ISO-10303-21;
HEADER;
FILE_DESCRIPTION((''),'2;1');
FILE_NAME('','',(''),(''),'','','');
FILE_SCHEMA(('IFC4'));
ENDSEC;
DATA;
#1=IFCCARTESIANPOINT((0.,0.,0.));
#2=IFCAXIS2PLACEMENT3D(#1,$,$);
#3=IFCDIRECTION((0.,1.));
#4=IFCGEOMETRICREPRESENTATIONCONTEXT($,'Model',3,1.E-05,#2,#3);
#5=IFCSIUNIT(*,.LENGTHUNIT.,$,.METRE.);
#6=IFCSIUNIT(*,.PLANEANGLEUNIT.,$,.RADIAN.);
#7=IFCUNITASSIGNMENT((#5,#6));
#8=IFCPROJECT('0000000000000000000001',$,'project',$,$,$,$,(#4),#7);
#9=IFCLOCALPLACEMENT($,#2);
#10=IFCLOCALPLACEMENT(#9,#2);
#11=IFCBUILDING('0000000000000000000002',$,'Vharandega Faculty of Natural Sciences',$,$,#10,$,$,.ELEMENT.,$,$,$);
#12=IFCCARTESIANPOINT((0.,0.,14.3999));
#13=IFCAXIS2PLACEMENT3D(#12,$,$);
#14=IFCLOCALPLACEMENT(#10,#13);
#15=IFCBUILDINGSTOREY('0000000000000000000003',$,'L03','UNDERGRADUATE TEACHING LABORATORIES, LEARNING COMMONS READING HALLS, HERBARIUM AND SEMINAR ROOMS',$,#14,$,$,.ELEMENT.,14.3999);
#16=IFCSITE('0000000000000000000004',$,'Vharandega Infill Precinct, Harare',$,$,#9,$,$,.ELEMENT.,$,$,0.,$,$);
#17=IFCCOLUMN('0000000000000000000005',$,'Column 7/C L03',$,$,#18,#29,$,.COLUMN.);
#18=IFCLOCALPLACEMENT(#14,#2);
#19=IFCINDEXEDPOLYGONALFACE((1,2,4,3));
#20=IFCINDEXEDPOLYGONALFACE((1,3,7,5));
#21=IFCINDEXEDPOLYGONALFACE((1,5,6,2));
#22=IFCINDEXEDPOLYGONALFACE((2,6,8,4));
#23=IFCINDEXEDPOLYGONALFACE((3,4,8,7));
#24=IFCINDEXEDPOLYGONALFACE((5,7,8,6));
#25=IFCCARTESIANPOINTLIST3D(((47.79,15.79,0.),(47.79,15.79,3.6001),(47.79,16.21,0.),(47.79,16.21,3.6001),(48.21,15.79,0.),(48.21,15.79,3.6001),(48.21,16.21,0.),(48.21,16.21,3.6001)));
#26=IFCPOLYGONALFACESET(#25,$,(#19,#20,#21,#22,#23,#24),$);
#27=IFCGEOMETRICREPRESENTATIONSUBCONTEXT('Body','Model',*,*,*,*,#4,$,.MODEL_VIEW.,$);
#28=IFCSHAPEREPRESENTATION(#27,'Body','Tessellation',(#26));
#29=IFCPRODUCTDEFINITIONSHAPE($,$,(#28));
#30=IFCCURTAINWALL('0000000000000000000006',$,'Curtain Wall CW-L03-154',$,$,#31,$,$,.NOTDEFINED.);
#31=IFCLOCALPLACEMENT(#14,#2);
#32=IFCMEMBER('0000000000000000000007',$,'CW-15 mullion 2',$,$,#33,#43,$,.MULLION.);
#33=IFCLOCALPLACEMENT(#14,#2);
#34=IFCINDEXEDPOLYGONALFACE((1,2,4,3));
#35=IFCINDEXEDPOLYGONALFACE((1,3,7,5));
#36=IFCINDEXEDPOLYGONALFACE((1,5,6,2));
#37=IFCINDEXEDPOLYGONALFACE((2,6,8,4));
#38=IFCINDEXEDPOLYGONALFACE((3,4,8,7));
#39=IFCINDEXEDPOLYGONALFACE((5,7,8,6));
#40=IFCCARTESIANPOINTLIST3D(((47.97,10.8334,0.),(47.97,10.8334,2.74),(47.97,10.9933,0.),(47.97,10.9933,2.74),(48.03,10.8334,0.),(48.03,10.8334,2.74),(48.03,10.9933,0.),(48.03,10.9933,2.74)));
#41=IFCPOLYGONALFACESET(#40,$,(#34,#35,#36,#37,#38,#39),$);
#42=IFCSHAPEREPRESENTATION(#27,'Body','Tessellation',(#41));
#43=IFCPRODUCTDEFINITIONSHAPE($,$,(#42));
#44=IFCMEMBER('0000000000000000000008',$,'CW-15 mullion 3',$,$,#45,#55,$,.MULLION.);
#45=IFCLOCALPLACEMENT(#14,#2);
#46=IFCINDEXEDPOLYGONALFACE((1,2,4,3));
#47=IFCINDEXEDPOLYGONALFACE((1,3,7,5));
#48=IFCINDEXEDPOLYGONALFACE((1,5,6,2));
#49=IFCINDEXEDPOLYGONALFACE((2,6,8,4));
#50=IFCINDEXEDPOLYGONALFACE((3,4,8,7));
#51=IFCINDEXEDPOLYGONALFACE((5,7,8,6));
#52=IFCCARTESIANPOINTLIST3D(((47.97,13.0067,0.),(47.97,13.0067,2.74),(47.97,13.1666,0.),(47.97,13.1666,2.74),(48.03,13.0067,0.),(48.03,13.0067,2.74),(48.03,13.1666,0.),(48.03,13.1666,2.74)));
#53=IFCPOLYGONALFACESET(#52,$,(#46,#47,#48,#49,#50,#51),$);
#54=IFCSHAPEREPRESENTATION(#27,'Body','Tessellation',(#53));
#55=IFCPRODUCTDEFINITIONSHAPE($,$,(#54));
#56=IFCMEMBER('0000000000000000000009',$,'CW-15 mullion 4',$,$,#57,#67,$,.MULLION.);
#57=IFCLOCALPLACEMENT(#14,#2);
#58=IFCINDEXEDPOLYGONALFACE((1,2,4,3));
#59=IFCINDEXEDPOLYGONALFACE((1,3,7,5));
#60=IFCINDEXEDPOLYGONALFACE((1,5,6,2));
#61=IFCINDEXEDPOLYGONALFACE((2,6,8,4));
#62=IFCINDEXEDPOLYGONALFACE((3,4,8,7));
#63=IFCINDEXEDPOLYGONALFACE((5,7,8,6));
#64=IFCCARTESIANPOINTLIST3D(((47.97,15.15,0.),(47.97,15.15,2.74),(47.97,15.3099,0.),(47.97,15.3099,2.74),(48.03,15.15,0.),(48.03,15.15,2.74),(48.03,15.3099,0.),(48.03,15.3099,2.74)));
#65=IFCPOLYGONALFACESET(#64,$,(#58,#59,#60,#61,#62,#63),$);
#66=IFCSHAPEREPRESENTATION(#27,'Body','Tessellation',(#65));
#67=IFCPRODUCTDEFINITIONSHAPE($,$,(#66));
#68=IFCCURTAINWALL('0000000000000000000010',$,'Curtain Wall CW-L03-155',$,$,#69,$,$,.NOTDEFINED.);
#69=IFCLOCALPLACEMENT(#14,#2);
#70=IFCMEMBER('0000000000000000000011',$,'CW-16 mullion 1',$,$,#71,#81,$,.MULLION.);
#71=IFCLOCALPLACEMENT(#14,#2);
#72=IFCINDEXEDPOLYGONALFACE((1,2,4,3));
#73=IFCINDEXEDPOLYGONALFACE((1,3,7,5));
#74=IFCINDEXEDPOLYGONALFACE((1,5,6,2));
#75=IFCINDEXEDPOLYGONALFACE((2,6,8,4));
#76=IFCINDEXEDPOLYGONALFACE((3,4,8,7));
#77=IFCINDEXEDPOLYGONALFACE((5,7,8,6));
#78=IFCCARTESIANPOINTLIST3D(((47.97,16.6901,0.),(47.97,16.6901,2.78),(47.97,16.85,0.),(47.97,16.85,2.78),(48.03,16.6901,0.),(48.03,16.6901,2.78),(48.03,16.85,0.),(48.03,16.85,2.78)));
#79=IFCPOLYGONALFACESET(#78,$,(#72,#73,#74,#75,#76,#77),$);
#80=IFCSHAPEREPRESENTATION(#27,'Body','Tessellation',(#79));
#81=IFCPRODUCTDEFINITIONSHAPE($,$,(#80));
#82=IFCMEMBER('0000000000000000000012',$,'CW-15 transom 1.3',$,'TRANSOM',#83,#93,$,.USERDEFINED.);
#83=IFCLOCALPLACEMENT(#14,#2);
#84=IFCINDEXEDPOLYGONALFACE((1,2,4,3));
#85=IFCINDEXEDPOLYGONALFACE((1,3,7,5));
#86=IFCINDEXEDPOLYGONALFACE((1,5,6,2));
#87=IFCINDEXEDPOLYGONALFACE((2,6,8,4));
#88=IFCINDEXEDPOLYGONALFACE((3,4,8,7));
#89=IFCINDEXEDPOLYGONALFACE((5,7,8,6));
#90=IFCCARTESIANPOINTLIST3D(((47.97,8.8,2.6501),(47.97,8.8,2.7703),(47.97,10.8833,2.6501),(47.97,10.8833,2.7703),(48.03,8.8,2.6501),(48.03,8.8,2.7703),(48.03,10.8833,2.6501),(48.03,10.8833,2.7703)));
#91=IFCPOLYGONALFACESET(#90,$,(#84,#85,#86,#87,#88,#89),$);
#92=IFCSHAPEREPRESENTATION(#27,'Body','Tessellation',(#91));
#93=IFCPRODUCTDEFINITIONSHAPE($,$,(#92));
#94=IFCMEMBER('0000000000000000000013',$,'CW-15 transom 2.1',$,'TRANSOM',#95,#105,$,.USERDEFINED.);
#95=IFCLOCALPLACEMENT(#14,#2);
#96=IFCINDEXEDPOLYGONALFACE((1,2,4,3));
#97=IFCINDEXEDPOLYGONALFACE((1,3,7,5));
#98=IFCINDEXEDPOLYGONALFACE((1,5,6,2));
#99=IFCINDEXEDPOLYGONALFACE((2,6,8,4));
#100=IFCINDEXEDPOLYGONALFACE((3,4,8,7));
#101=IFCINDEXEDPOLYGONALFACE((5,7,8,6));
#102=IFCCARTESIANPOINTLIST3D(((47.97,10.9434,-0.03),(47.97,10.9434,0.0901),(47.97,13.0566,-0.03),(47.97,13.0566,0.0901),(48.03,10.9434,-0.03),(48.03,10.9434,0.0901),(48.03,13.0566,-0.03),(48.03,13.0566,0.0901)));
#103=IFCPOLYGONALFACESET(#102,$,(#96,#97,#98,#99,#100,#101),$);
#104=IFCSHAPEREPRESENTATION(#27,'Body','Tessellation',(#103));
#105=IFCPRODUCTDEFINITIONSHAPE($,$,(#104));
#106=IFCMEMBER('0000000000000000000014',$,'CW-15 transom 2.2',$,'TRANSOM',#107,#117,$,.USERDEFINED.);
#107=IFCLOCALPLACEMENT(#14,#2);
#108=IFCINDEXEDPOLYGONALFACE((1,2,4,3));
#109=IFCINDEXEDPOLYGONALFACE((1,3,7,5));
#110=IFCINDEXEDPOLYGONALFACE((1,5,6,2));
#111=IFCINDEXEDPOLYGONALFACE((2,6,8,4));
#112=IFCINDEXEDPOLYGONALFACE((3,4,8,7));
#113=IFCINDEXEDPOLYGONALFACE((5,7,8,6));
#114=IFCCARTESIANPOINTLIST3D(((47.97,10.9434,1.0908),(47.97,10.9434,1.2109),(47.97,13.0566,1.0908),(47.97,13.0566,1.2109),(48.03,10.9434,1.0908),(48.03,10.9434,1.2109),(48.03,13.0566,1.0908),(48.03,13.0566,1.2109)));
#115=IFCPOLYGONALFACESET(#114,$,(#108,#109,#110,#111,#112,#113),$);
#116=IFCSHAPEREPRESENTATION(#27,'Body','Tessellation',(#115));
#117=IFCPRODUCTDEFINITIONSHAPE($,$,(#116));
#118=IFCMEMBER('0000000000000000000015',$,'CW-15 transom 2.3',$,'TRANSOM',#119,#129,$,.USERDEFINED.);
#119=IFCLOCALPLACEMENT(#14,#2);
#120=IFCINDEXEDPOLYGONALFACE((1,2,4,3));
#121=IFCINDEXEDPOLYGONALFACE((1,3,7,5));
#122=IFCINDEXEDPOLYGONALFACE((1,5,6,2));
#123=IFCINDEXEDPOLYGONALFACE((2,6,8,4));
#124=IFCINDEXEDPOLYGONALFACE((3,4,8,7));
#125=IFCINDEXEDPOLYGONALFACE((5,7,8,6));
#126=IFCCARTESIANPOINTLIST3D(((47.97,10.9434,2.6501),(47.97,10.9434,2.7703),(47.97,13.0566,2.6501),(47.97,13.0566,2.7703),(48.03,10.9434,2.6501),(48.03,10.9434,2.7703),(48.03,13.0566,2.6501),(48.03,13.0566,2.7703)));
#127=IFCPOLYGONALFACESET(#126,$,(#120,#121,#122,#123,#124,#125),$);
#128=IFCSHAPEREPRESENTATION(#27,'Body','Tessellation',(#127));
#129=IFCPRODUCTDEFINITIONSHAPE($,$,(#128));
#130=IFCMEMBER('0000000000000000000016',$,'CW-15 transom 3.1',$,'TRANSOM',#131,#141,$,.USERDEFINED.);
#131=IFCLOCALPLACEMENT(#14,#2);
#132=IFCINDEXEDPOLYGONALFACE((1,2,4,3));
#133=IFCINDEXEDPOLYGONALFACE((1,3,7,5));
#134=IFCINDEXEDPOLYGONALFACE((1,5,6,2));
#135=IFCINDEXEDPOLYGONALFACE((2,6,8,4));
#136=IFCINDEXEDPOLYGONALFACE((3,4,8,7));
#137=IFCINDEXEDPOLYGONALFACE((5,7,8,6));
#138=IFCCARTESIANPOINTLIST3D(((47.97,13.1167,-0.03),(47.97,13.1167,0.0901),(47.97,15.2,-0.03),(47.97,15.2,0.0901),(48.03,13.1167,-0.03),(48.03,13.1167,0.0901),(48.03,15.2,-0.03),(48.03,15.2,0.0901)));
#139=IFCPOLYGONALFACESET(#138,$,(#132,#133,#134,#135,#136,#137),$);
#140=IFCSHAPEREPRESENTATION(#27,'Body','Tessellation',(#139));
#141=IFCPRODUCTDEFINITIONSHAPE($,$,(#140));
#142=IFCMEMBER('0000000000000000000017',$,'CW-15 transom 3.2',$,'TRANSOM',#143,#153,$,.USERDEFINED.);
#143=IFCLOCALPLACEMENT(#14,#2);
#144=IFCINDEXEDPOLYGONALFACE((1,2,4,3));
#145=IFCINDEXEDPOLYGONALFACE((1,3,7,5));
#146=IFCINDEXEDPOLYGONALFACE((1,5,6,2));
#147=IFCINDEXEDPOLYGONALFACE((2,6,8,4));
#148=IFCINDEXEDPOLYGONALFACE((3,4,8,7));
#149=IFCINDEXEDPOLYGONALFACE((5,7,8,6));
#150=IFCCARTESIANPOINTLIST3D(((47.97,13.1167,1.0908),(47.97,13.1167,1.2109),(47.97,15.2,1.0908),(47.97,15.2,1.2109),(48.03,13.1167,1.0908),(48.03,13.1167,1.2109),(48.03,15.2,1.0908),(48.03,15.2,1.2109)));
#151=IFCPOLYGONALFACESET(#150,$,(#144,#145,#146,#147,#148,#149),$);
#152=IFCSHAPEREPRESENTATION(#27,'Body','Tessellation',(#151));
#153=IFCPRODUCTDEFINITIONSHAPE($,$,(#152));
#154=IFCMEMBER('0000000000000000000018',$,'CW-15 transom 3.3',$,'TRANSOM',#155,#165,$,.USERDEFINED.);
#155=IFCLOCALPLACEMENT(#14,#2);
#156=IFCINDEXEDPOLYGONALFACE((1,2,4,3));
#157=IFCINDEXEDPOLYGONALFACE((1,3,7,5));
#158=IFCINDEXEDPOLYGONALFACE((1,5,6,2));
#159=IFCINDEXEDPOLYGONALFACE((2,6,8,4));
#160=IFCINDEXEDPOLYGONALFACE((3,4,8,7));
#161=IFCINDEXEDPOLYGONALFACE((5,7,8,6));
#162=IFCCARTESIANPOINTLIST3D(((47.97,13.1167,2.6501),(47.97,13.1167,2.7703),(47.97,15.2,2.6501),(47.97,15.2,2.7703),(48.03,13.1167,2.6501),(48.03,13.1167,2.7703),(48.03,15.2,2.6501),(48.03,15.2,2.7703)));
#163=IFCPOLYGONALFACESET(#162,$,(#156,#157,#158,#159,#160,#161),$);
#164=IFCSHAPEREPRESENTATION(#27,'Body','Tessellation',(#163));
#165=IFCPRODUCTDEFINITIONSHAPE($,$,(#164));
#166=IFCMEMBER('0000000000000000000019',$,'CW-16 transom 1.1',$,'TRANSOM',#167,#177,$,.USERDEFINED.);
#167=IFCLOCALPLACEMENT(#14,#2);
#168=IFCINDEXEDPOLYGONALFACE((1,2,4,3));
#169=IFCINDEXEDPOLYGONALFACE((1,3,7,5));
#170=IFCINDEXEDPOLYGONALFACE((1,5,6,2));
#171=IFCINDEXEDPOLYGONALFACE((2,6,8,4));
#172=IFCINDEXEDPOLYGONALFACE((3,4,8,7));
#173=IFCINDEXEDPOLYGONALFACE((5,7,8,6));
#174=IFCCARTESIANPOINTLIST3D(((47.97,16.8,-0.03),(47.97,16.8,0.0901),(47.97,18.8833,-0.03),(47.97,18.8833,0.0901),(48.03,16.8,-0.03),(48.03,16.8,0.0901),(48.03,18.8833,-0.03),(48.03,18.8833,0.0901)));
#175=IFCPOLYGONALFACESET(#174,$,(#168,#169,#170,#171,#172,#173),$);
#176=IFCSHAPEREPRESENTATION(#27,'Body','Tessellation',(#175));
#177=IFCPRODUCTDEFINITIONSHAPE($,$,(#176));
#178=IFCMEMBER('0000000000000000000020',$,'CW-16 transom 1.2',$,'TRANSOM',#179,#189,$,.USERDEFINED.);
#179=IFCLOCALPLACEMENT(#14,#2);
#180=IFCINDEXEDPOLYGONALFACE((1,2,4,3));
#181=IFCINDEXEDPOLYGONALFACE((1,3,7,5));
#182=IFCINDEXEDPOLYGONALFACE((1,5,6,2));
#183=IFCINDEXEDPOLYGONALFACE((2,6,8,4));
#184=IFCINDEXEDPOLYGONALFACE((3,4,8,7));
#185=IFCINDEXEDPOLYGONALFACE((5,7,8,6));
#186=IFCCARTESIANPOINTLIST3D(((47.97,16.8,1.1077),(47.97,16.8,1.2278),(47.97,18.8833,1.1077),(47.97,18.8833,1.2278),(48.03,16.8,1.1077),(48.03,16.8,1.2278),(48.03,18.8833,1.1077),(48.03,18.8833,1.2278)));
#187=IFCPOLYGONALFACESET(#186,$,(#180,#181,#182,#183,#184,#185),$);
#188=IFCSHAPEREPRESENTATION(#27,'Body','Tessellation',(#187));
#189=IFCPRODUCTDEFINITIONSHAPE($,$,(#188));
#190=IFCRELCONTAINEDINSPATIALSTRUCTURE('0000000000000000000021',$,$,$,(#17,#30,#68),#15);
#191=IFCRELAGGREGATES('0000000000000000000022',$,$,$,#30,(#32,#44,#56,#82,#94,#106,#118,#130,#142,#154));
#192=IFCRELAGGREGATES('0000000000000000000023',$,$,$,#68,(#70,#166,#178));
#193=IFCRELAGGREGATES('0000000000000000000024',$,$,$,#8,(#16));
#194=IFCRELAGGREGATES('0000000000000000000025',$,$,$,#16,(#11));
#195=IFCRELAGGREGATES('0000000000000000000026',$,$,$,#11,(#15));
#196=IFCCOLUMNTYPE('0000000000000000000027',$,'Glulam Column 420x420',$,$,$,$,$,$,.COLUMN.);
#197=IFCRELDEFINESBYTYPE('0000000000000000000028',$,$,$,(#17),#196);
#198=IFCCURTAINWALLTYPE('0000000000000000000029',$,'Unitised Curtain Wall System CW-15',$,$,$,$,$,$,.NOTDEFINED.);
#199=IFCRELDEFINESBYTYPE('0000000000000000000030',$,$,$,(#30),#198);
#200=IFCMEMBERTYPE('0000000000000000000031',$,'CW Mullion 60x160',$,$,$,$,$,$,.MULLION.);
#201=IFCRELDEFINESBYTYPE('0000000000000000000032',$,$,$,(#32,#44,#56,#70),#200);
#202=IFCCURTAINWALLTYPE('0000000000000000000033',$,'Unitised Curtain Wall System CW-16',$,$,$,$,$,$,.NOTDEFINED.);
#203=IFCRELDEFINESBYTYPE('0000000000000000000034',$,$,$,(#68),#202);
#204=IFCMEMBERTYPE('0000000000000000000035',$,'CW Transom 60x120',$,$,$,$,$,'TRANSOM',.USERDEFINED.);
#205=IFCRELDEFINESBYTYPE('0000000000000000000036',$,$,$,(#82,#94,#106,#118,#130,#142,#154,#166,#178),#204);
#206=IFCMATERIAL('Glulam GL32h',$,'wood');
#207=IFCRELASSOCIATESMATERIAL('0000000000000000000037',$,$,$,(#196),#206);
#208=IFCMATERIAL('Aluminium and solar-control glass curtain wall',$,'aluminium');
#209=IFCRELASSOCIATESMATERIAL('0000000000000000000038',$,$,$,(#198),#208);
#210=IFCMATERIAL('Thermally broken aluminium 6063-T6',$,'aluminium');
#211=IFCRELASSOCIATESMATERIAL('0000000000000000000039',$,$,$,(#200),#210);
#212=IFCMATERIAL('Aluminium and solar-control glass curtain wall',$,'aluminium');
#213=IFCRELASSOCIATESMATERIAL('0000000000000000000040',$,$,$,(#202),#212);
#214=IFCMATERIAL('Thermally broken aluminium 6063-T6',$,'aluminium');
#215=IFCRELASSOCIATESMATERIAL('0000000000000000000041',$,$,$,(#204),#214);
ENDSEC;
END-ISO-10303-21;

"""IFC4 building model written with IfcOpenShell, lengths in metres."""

from ifc_helpers import new_model, si_unit, direction, frame, origin, origin_2d, place, context, subcontext, project, spatial, rectangle, extrude, material, material_profile, profile_set, type_object, element, aggregate, save


model = new_model("IFC4")

# Units and contexts
model_context = context("Model", 3, precision=1e-05, world=origin(), true_north=direction((0.0, 1.0)))
body_context = subcontext(model_context, "Body", "Model", "MODEL_VIEW")
ifc_project = project(units=[si_unit("LENGTHUNIT", "METRE"), si_unit("PLANEANGLEUNIT", "RADIAN")], contexts=[model_context])

# Site, building, storey
site_placement = place(None, origin())
site = spatial("IfcSite", under=ifc_project, at=site_placement, Name="Vharandega Infill Precinct, Harare", CompositionType="ELEMENT", RefElevation=0.0)
building_placement = place(site_placement, origin())
building = spatial("IfcBuilding", under=site, at=building_placement, Name="Vharandega Faculty of Natural Sciences", CompositionType="ELEMENT")
storey_placement = place(building_placement, frame((0.0, 0.0, 14.3999)))
storey = spatial("IfcBuildingStorey", under=building, at=storey_placement, Name="L03", Description="UNDERGRADUATE TEACHING LABORATORIES, LEARNING COMMONS READING HALLS, HERBARIUM AND SEMINAR ROOMS", CompositionType="ELEMENT", Elevation=14.3999)

# Column
ifc_material_1 = material(Name="Glulam GL32h", Category="wood")
ifc_material_profile_1 = material_profile(ifc_material_1, rectangle(XDim=0.4199, YDim=0.4199, at=origin_2d()), Name="GL32h 420x420")
ifc_profile_set_1 = profile_set([ifc_material_profile_1], Name="Glulam GL32h")
column_type = type_object("IfcColumnType", Name="Glulam Column 420x420", PredefinedType="COLUMN", material=ifc_profile_set_1)
column_placement = place(storey_placement, frame((48.0, 16.0, 0.0), z_axis=(0.0, 0.0, 1.0), x_axis=(1.0, 0.0, 0.0)))
element("IfcColumn", 1, at=column_placement, inside=storey, type_object=column_type, Name="Column 7/C L03", PredefinedType="COLUMN", context=body_context, shape_type="SweptSolid", body=[
    extrude(rectangle(XDim=0.4199, YDim=0.4199, at=origin_2d()), origin(), (0.0, 0.0, 1.0), 3.6001),
])

# Curtain wall, members
ifc_material_2 = material(Name="Aluminium and solar-control glass curtain wall", Category="aluminium")
curtain_wall_type_1 = type_object("IfcCurtainWallType", Name="Unitised Curtain Wall System CW-15", PredefinedType="NOTDEFINED", material=ifc_material_2)
curtain_wall_1_placement = place(storey_placement, origin())
curtain_wall_1 = element("IfcCurtainWall", 2, at=curtain_wall_1_placement, inside=storey, type_object=curtain_wall_type_1, Name="Curtain Wall CW-L03-154", PredefinedType="NOTDEFINED")
ifc_material_3 = material(Name="Thermally broken aluminium 6063-T6", Category="aluminium")
ifc_material_profile_2 = material_profile(ifc_material_3, rectangle(XDim=0.0601, YDim=0.1599, at=origin_2d()), Name="ALU 60x160")
ifc_profile_set_2 = profile_set([ifc_material_profile_2], Name="Thermally broken aluminium 6063-T6")
member_type_1 = type_object("IfcMemberType", Name="CW Mullion 60x160", PredefinedType="MULLION", material=ifc_profile_set_2)
member_1_placement = place(storey_placement, frame((48.0, 10.9133, 0.0), z_axis=(0.0, 0.0, 1.0), x_axis=(-1.0, 0.0, 0.0)))
member_1 = element("IfcMember", 3, at=member_1_placement, type_object=member_type_1, Name="CW-15 mullion 2", PredefinedType="MULLION", context=body_context, shape_type="SweptSolid", body=[
    extrude(rectangle(XDim=0.0601, YDim=0.1599, at=origin_2d()), origin(), (0.0, 0.0, 1.0), 2.74),
])
member_2_placement = place(storey_placement, frame((48.0, 13.0867, 0.0), z_axis=(0.0, 0.0, 1.0), x_axis=(-1.0, 0.0, 0.0)))
member_2 = element("IfcMember", 4, at=member_2_placement, type_object=member_type_1, Name="CW-15 mullion 3", PredefinedType="MULLION", context=body_context, shape_type="SweptSolid", body=[
    extrude(rectangle(XDim=0.0601, YDim=0.1599, at=origin_2d()), origin(), (0.0, 0.0, 1.0), 2.74),
])
member_3_placement = place(storey_placement, frame((48.0, 15.23, 0.0), z_axis=(0.0, 0.0, 1.0), x_axis=(-1.0, 0.0, 0.0)))
member_3 = element("IfcMember", 5, at=member_3_placement, type_object=member_type_1, Name="CW-15 mullion 4", PredefinedType="MULLION", context=body_context, shape_type="SweptSolid", body=[
    extrude(rectangle(XDim=0.0601, YDim=0.1599, at=origin_2d()), origin(), (0.0, 0.0, 1.0), 2.74),
])

# Curtain wall, member
ifc_material_4 = material(Name="Aluminium and solar-control glass curtain wall", Category="aluminium")
curtain_wall_type_2 = type_object("IfcCurtainWallType", Name="Unitised Curtain Wall System CW-16", PredefinedType="NOTDEFINED", material=ifc_material_4)
curtain_wall_2_placement = place(storey_placement, origin())
curtain_wall_2 = element("IfcCurtainWall", 6, at=curtain_wall_2_placement, inside=storey, type_object=curtain_wall_type_2, Name="Curtain Wall CW-L03-155", PredefinedType="NOTDEFINED")
member_4_placement = place(storey_placement, frame((48.0, 16.77, 0.0), z_axis=(0.0, 0.0, 1.0), x_axis=(-1.0, 0.0, 0.0)))
member_4 = element("IfcMember", 7, at=member_4_placement, type_object=member_type_1, Name="CW-16 mullion 1", PredefinedType="MULLION", context=body_context, shape_type="SweptSolid", body=[
    extrude(rectangle(XDim=0.0601, YDim=0.1599, at=origin_2d()), origin(), (0.0, 0.0, 1.0), 2.78),
])

# Members
ifc_material_5 = material(Name="Thermally broken aluminium 6063-T6", Category="aluminium")
ifc_material_profile_3 = material_profile(ifc_material_5, rectangle(XDim=0.0601, YDim=0.1201, at=origin_2d()), Name="ALU 60x120")
ifc_profile_set_3 = profile_set([ifc_material_profile_3], Name="Thermally broken aluminium 6063-T6")
member_type_2 = type_object("IfcMemberType", Name="CW Transom 60x120", ElementType="TRANSOM", PredefinedType="USERDEFINED", material=ifc_profile_set_3)
member_5_placement = place(storey_placement, frame((48.0, 8.8, 2.7102), z_axis=(0.0, 1.0, 0.0), x_axis=(-1.0, 0.0, 0.0)))
member_5 = element("IfcMember", 8, at=member_5_placement, type_object=member_type_2, Name="CW-15 transom 1.3", ObjectType="TRANSOM", PredefinedType="USERDEFINED", context=body_context, shape_type="SweptSolid", body=[
    extrude(rectangle(XDim=0.0601, YDim=0.1201, at=origin_2d()), origin(), (0.0, 0.0, 1.0), 2.0833),
])
member_6_placement = place(storey_placement, frame((48.0, 10.9434, 0.03), z_axis=(0.0, 1.0, 0.0), x_axis=(-1.0, 0.0, 0.0)))
member_6 = element("IfcMember", 9, at=member_6_placement, type_object=member_type_2, Name="CW-15 transom 2.1", ObjectType="TRANSOM", PredefinedType="USERDEFINED", context=body_context, shape_type="SweptSolid", body=[
    extrude(rectangle(XDim=0.0601, YDim=0.1201, at=origin_2d()), origin(), (0.0, 0.0, 1.0), 2.1133),
])
member_7_placement = place(storey_placement, frame((48.0, 10.9434, 1.1509), z_axis=(0.0, 1.0, 0.0), x_axis=(-1.0, 0.0, 0.0)))
member_7 = element("IfcMember", 10, at=member_7_placement, type_object=member_type_2, Name="CW-15 transom 2.2", ObjectType="TRANSOM", PredefinedType="USERDEFINED", context=body_context, shape_type="SweptSolid", body=[
    extrude(rectangle(XDim=0.0601, YDim=0.1201, at=origin_2d()), origin(), (0.0, 0.0, 1.0), 2.1133),
])
member_8_placement = place(storey_placement, frame((48.0, 10.9434, 2.7102), z_axis=(0.0, 1.0, 0.0), x_axis=(-1.0, 0.0, 0.0)))
member_8 = element("IfcMember", 11, at=member_8_placement, type_object=member_type_2, Name="CW-15 transom 2.3", ObjectType="TRANSOM", PredefinedType="USERDEFINED", context=body_context, shape_type="SweptSolid", body=[
    extrude(rectangle(XDim=0.0601, YDim=0.1201, at=origin_2d()), origin(), (0.0, 0.0, 1.0), 2.1133),
])
member_9_placement = place(storey_placement, frame((48.0, 13.1167, 0.03), z_axis=(0.0, 1.0, 0.0), x_axis=(-1.0, 0.0, 0.0)))
member_9 = element("IfcMember", 12, at=member_9_placement, type_object=member_type_2, Name="CW-15 transom 3.1", ObjectType="TRANSOM", PredefinedType="USERDEFINED", context=body_context, shape_type="SweptSolid", body=[
    extrude(rectangle(XDim=0.0601, YDim=0.1201, at=origin_2d()), origin(), (0.0, 0.0, 1.0), 2.0833),
])
member_10_placement = place(storey_placement, frame((48.0, 13.1167, 1.1509), z_axis=(0.0, 1.0, 0.0), x_axis=(-1.0, 0.0, 0.0)))
member_10 = element("IfcMember", 13, at=member_10_placement, type_object=member_type_2, Name="CW-15 transom 3.2", ObjectType="TRANSOM", PredefinedType="USERDEFINED", context=body_context, shape_type="SweptSolid", body=[
    extrude(rectangle(XDim=0.0601, YDim=0.1201, at=origin_2d()), origin(), (0.0, 0.0, 1.0), 2.0833),
])
member_11_placement = place(storey_placement, frame((48.0, 13.1167, 2.7102), z_axis=(0.0, 1.0, 0.0), x_axis=(-1.0, 0.0, 0.0)))
member_11 = element("IfcMember", 14, at=member_11_placement, type_object=member_type_2, Name="CW-15 transom 3.3", ObjectType="TRANSOM", PredefinedType="USERDEFINED", context=body_context, shape_type="SweptSolid", body=[
    extrude(rectangle(XDim=0.0601, YDim=0.1201, at=origin_2d()), origin(), (0.0, 0.0, 1.0), 2.0833),
])
member_12_placement = place(storey_placement, frame((48.0, 16.8, 0.03), z_axis=(0.0, 1.0, 0.0), x_axis=(-1.0, 0.0, 0.0)))
member_12 = element("IfcMember", 15, at=member_12_placement, type_object=member_type_2, Name="CW-16 transom 1.1", ObjectType="TRANSOM", PredefinedType="USERDEFINED", context=body_context, shape_type="SweptSolid", body=[
    extrude(rectangle(XDim=0.0601, YDim=0.1201, at=origin_2d()), origin(), (0.0, 0.0, 1.0), 2.0833),
])
member_13_placement = place(storey_placement, frame((48.0, 16.8, 1.1677), z_axis=(0.0, 1.0, 0.0), x_axis=(-1.0, 0.0, 0.0)))
member_13 = element("IfcMember", 16, at=member_13_placement, type_object=member_type_2, Name="CW-16 transom 1.2", ObjectType="TRANSOM", PredefinedType="USERDEFINED", context=body_context, shape_type="SweptSolid", body=[
    extrude(rectangle(XDim=0.0601, YDim=0.1201, at=origin_2d()), origin(), (0.0, 0.0, 1.0), 2.0833),
])

aggregate(curtain_wall_1, [member_1, member_2, member_3, member_5, member_6, member_7, member_8, member_9, member_10, member_11])
aggregate(curtain_wall_2, [member_4, member_12, member_13])

save(model, "model.ifc")
